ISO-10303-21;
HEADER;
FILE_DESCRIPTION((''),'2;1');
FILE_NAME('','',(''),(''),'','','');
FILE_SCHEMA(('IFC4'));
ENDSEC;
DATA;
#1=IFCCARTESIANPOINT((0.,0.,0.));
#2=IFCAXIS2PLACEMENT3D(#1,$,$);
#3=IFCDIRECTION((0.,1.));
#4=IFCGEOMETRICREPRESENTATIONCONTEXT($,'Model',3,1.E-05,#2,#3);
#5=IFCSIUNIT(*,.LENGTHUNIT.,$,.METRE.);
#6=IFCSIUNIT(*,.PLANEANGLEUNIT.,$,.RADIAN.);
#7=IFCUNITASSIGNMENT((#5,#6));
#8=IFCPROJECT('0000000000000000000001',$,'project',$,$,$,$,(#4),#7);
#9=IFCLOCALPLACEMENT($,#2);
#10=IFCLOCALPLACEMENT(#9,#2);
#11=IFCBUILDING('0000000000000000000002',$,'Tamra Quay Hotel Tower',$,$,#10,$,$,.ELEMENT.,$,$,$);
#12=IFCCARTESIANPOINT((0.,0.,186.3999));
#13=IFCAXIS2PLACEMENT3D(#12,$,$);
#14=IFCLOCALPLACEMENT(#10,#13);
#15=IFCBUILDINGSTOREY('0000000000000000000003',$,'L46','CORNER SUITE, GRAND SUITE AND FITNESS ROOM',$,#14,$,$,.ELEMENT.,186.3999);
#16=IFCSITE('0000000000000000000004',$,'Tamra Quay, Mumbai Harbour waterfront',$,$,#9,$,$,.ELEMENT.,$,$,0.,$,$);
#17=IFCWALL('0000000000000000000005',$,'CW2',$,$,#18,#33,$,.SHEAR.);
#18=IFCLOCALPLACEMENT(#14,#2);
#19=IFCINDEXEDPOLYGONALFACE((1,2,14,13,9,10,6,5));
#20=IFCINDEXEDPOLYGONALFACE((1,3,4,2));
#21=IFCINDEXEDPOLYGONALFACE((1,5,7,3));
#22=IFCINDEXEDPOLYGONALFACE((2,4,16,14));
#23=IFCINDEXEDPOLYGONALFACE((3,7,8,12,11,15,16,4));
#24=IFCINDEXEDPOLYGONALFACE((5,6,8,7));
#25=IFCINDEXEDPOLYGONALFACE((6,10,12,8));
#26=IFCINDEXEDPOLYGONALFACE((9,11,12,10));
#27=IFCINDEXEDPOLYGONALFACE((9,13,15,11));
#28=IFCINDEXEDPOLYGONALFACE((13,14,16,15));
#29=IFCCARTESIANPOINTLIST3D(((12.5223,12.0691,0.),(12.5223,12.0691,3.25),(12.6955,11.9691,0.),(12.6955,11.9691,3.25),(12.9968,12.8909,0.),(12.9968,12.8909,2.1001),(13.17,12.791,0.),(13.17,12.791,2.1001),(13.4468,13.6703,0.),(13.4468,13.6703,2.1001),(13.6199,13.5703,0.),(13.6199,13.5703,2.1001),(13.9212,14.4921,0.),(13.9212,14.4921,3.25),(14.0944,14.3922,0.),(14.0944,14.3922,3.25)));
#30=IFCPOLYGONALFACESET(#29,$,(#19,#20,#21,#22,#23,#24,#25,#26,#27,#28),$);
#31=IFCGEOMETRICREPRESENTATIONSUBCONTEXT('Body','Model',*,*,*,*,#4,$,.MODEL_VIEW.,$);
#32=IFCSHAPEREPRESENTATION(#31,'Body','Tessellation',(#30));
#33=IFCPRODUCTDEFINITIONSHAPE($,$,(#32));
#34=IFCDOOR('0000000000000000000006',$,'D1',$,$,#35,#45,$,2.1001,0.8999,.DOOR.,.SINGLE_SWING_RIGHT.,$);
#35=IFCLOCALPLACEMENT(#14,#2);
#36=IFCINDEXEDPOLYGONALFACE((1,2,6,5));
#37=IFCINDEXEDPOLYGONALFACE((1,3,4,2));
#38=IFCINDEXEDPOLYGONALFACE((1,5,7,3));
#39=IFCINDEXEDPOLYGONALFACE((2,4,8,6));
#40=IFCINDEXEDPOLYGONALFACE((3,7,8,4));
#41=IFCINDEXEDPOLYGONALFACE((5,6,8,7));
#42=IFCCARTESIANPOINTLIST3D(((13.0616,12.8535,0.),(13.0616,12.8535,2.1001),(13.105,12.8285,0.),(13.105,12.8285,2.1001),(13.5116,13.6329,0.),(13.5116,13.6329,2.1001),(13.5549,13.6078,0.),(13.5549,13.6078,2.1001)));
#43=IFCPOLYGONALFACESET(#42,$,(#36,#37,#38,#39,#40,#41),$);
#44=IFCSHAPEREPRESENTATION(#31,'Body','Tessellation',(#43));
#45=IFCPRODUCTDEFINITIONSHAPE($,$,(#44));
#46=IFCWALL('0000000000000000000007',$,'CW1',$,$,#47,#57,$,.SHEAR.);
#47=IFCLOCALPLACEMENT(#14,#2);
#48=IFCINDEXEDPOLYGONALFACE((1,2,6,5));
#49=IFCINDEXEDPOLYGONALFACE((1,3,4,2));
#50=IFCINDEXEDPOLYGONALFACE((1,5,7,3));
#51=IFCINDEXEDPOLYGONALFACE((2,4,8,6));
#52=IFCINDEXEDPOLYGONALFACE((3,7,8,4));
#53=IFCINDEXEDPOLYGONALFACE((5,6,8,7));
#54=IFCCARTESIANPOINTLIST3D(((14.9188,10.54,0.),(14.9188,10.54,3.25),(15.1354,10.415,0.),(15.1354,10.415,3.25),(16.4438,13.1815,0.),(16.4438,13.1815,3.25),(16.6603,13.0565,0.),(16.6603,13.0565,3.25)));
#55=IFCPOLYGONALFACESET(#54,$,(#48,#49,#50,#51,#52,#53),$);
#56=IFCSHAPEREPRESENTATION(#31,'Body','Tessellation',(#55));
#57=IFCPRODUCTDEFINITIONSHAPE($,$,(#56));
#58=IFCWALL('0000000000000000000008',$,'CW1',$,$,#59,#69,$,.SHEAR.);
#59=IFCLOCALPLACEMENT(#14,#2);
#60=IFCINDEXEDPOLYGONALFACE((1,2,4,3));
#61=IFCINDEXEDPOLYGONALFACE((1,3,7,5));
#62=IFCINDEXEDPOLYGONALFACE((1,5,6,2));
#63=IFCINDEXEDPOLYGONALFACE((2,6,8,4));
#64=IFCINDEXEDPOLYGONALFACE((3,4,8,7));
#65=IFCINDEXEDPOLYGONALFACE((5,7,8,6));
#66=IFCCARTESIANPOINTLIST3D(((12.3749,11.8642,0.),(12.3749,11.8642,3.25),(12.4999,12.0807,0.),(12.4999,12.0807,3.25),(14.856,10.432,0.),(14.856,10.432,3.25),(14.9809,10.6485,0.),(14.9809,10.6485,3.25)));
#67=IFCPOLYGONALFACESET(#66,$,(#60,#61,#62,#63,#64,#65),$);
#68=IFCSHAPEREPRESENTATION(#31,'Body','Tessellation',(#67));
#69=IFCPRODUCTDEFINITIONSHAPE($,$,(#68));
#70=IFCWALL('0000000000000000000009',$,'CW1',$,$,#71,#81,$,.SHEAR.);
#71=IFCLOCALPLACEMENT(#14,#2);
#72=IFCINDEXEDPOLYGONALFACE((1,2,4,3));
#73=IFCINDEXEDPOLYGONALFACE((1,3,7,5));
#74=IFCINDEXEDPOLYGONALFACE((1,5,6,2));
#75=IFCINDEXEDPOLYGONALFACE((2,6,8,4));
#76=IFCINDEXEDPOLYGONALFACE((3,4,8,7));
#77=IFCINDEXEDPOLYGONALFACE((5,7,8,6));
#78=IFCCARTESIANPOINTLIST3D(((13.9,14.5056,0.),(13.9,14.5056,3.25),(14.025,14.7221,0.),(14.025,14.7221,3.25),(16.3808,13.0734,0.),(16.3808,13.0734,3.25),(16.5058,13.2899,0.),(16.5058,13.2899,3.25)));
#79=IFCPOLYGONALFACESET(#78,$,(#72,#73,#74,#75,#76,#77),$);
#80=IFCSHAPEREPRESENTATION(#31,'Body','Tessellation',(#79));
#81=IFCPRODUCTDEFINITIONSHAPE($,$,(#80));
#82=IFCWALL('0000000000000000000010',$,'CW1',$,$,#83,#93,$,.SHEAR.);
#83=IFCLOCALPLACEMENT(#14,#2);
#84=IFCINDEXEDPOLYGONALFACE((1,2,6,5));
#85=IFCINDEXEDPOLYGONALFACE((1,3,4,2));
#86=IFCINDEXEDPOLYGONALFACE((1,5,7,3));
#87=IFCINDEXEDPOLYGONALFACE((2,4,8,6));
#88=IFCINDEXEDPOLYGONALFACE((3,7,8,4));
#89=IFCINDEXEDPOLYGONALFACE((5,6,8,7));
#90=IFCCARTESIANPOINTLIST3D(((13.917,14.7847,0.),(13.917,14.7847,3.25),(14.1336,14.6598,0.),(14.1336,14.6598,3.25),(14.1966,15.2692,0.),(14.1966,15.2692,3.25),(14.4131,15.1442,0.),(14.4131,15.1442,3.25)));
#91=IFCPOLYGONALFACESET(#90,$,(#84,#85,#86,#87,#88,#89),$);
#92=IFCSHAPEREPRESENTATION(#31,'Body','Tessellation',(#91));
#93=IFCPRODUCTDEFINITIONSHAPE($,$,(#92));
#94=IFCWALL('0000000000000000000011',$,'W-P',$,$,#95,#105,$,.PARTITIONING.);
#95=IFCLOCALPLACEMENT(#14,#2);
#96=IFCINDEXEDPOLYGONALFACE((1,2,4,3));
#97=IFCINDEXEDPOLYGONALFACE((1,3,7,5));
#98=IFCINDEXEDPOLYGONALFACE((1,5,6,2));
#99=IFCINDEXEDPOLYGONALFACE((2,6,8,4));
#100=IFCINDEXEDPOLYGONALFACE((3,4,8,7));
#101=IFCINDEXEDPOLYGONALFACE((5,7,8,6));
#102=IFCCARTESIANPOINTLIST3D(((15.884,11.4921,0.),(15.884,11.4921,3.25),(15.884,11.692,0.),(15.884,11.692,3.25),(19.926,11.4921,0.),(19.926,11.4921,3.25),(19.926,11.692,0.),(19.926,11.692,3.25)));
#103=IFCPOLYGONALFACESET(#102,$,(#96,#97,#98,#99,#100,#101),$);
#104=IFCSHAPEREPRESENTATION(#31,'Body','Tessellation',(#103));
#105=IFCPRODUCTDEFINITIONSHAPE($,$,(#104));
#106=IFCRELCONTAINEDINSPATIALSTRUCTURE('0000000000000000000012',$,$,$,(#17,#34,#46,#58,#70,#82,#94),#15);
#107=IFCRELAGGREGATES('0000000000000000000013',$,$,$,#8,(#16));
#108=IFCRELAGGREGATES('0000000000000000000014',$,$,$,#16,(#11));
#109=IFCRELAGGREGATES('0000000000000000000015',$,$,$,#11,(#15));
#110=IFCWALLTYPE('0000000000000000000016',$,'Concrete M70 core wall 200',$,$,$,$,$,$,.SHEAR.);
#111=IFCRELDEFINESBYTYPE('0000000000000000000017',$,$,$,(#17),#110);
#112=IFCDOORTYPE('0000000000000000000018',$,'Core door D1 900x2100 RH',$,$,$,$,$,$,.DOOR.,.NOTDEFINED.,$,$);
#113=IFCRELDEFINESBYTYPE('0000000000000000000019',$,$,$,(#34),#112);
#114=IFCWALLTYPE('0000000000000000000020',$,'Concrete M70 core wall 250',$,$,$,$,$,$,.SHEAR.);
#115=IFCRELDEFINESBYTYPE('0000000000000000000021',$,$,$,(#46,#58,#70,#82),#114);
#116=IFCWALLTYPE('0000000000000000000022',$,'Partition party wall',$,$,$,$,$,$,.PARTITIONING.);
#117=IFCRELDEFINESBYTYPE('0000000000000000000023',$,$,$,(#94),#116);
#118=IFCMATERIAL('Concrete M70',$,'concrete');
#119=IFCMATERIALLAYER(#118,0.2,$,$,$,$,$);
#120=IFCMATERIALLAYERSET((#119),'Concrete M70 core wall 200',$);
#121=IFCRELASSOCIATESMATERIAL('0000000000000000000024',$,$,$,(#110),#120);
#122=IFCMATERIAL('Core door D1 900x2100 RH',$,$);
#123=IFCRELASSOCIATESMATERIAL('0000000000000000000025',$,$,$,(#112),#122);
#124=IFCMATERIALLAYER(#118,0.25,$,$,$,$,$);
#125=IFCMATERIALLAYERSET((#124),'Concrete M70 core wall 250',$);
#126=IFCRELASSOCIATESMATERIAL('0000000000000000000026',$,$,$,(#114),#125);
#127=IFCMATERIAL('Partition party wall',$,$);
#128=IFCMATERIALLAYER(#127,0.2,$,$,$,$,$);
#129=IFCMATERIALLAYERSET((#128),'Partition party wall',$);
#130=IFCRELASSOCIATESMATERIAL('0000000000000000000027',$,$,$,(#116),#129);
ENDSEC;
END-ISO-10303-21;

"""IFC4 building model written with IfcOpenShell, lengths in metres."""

from ifc_helpers import new_model, si_unit, direction, frame, frame_2d, origin, place, context, subcontext, project, spatial, rectangle, extrude, material, layer, layer_set, type_object, element, fill, save


model = new_model("IFC4")

# Units and contexts
model_context = context("Model", 3, precision=1e-05, world=origin(), true_north=direction((0.0, 1.0)))
body_context = subcontext(model_context, "Body", "Model", "MODEL_VIEW")
ifc_project = project(units=[si_unit("LENGTHUNIT", "METRE"), si_unit("PLANEANGLEUNIT", "RADIAN")], contexts=[model_context])

# Site, building, storey
site_placement = place(None, origin())
site = spatial("IfcSite", under=ifc_project, at=site_placement, Name="Tamra Quay, Mumbai Harbour waterfront", CompositionType="ELEMENT", RefElevation=0.0)
building_placement = place(site_placement, origin())
building = spatial("IfcBuilding", under=site, at=building_placement, Name="Tamra Quay Hotel Tower", CompositionType="ELEMENT")
storey_placement = place(building_placement, frame((0.0, 0.0, 186.3999)))
storey = spatial("IfcBuildingStorey", under=building, at=storey_placement, Name="L46", Description="CORNER SUITE, GRAND SUITE AND FITNESS ROOM", CompositionType="ELEMENT", Elevation=186.3999)

# Shared definitions
ifc_material_1 = material(Name="Concrete M70", Category="concrete")

# Wall, opening, door
ifc_layer_1 = layer(ifc_material_1, 0.2)
ifc_layer_set_1 = layer_set([ifc_layer_1], Name="Concrete M70 core wall 200")
wall_type_1 = type_object("IfcWallType", Name="Concrete M70 core wall 200", PredefinedType="SHEAR", material=ifc_layer_set_1)
wall_1_placement = place(storey_placement, frame((14.0078, 14.4421, 0.0), z_axis=(0.0, 0.0, 1.0), x_axis=(-0.499987, -0.866033, 0.0)))
wall_1 = element("IfcWall", 1, at=wall_1_placement, inside=storey, type_object=wall_type_1, Name="CW2", PredefinedType="SHEAR", context=body_context, shape_type="SweptSolid", body=[
    extrude(rectangle(XDim=2.7979, YDim=0.2, at=frame_2d((1.3989, 0.0))), origin(), (0.0, 0.0, 1.0), 3.25),
])
opening_placement = place(wall_1_placement, frame((0.949, 0.0, 0.0)))
opening = element("IfcOpeningElement", 2, at=opening_placement, cuts=wall_1, PredefinedType="OPENING", context=body_context, shape_type="SweptSolid", body=[
    extrude(rectangle(XDim=0.8999, YDim=2.1001, at=frame_2d((0.45, 1.05))), frame((0.0, 0.1099, 0.0), z_axis=(0.0, -1.0, 0.0), x_axis=(1.0, 0.0, 0.0)), (0.0, 0.0, 1.0), 0.22),
])
ifc_material_2 = material(Name="Core door D1 900x2100 RH")
door_type = type_object("IfcDoorType", Name="Core door D1 900x2100 RH", OperationType="NOTDEFINED", PredefinedType="DOOR", material=ifc_material_2)
door_placement = place(opening_placement, origin())
door = element("IfcDoor", 3, at=door_placement, inside=storey, type_object=door_type, Name="D1", OperationType="SINGLE_SWING_RIGHT", OverallHeight=2.1001, OverallWidth=0.8999, PredefinedType="DOOR", context=body_context, shape_type="SweptSolid", body=[
    extrude(rectangle(XDim=0.8999, YDim=2.1001, at=frame_2d((0.45, 1.05))), frame((0.0, 0.0249, 0.0), z_axis=(0.0, -1.0, 0.0), x_axis=(1.0, 0.0, 0.0)), (0.0, 0.0, 1.0), 0.05),
])
fill(opening, door)

# Walls
ifc_layer_2 = layer(ifc_material_1, 0.25)
ifc_layer_set_2 = layer_set([ifc_layer_2], Name="Concrete M70 core wall 250")
wall_type_2 = type_object("IfcWallType", Name="Concrete M70 core wall 250", PredefinedType="SHEAR", material=ifc_layer_set_2)
wall_2_placement = place(storey_placement, frame((16.552, 13.1189, 0.0), z_axis=(0.0, 0.0, 1.0), x_axis=(-0.499979, -0.866038, 0.0)))
element("IfcWall", 4, at=wall_2_placement, inside=storey, type_object=wall_type_2, Name="CW1", PredefinedType="SHEAR", context=body_context, shape_type="SweptSolid", body=[
    extrude(rectangle(XDim=3.05, YDim=0.25, at=frame_2d((1.5249, 0.0))), origin(), (0.0, 0.0, 1.0), 3.25),
])
wall_3_placement = place(storey_placement, frame((14.9185, 10.5403, 0.0), z_axis=(0.0, 0.0, 1.0), x_axis=(-0.866064, 0.499934, 0.0)))
element("IfcWall", 5, at=wall_3_placement, inside=storey, type_object=wall_type_2, Name="CW1", PredefinedType="SHEAR", context=body_context, shape_type="SweptSolid", body=[
    extrude(rectangle(XDim=2.8647, YDim=0.25, at=frame_2d((1.4324, 0.0))), origin(), (0.0, 0.0, 1.0), 3.25),
])
wall_4_placement = place(storey_placement, frame((13.9626, 14.6138, 0.0), z_axis=(0.0, 0.0, 1.0), x_axis=(0.866042, -0.499971, 0.0)))
element("IfcWall", 6, at=wall_4_placement, inside=storey, type_object=wall_type_2, Name="CW1", PredefinedType="SHEAR", context=body_context, shape_type="SweptSolid", body=[
    extrude(rectangle(XDim=2.8645, YDim=0.25, at=frame_2d((1.4321, 0.0))), origin(), (0.0, 0.0, 1.0), 3.25),
])
wall_5_placement = place(storey_placement, frame((14.3049, 15.2068, 0.0), z_axis=(0.0, 0.0, 1.0), x_axis=(-0.499848, -0.866113, 0.0)))
element("IfcWall", 7, at=wall_5_placement, inside=storey, type_object=wall_type_2, Name="CW1", PredefinedType="SHEAR", context=body_context, shape_type="SweptSolid", body=[
    extrude(rectangle(XDim=0.5593, YDim=0.25, at=frame_2d((0.2798, 0.0))), origin(), (0.0, 0.0, 1.0), 3.25),
])
ifc_material_3 = material(Name="Partition party wall")
ifc_layer_3 = layer(ifc_material_3, 0.2)
ifc_layer_set_3 = layer_set([ifc_layer_3], Name="Partition party wall")
wall_type_3 = type_object("IfcWallType", Name="Partition party wall", PredefinedType="PARTITIONING", material=ifc_layer_set_3)
wall_6_placement = place(storey_placement, frame((15.884, 11.592, 0.0), z_axis=(0.0, 0.0, 1.0), x_axis=(1.0, 0.0, 0.0)))
element("IfcWall", 8, at=wall_6_placement, inside=storey, type_object=wall_type_3, Name="W-P", PredefinedType="PARTITIONING", context=body_context, shape_type="SweptSolid", body=[
    extrude(rectangle(XDim=4.042, YDim=0.2, at=frame_2d((2.021, 0.0))), origin(), (0.0, 0.0, 1.0), 3.25),
])

save(model, "model.ifc")
